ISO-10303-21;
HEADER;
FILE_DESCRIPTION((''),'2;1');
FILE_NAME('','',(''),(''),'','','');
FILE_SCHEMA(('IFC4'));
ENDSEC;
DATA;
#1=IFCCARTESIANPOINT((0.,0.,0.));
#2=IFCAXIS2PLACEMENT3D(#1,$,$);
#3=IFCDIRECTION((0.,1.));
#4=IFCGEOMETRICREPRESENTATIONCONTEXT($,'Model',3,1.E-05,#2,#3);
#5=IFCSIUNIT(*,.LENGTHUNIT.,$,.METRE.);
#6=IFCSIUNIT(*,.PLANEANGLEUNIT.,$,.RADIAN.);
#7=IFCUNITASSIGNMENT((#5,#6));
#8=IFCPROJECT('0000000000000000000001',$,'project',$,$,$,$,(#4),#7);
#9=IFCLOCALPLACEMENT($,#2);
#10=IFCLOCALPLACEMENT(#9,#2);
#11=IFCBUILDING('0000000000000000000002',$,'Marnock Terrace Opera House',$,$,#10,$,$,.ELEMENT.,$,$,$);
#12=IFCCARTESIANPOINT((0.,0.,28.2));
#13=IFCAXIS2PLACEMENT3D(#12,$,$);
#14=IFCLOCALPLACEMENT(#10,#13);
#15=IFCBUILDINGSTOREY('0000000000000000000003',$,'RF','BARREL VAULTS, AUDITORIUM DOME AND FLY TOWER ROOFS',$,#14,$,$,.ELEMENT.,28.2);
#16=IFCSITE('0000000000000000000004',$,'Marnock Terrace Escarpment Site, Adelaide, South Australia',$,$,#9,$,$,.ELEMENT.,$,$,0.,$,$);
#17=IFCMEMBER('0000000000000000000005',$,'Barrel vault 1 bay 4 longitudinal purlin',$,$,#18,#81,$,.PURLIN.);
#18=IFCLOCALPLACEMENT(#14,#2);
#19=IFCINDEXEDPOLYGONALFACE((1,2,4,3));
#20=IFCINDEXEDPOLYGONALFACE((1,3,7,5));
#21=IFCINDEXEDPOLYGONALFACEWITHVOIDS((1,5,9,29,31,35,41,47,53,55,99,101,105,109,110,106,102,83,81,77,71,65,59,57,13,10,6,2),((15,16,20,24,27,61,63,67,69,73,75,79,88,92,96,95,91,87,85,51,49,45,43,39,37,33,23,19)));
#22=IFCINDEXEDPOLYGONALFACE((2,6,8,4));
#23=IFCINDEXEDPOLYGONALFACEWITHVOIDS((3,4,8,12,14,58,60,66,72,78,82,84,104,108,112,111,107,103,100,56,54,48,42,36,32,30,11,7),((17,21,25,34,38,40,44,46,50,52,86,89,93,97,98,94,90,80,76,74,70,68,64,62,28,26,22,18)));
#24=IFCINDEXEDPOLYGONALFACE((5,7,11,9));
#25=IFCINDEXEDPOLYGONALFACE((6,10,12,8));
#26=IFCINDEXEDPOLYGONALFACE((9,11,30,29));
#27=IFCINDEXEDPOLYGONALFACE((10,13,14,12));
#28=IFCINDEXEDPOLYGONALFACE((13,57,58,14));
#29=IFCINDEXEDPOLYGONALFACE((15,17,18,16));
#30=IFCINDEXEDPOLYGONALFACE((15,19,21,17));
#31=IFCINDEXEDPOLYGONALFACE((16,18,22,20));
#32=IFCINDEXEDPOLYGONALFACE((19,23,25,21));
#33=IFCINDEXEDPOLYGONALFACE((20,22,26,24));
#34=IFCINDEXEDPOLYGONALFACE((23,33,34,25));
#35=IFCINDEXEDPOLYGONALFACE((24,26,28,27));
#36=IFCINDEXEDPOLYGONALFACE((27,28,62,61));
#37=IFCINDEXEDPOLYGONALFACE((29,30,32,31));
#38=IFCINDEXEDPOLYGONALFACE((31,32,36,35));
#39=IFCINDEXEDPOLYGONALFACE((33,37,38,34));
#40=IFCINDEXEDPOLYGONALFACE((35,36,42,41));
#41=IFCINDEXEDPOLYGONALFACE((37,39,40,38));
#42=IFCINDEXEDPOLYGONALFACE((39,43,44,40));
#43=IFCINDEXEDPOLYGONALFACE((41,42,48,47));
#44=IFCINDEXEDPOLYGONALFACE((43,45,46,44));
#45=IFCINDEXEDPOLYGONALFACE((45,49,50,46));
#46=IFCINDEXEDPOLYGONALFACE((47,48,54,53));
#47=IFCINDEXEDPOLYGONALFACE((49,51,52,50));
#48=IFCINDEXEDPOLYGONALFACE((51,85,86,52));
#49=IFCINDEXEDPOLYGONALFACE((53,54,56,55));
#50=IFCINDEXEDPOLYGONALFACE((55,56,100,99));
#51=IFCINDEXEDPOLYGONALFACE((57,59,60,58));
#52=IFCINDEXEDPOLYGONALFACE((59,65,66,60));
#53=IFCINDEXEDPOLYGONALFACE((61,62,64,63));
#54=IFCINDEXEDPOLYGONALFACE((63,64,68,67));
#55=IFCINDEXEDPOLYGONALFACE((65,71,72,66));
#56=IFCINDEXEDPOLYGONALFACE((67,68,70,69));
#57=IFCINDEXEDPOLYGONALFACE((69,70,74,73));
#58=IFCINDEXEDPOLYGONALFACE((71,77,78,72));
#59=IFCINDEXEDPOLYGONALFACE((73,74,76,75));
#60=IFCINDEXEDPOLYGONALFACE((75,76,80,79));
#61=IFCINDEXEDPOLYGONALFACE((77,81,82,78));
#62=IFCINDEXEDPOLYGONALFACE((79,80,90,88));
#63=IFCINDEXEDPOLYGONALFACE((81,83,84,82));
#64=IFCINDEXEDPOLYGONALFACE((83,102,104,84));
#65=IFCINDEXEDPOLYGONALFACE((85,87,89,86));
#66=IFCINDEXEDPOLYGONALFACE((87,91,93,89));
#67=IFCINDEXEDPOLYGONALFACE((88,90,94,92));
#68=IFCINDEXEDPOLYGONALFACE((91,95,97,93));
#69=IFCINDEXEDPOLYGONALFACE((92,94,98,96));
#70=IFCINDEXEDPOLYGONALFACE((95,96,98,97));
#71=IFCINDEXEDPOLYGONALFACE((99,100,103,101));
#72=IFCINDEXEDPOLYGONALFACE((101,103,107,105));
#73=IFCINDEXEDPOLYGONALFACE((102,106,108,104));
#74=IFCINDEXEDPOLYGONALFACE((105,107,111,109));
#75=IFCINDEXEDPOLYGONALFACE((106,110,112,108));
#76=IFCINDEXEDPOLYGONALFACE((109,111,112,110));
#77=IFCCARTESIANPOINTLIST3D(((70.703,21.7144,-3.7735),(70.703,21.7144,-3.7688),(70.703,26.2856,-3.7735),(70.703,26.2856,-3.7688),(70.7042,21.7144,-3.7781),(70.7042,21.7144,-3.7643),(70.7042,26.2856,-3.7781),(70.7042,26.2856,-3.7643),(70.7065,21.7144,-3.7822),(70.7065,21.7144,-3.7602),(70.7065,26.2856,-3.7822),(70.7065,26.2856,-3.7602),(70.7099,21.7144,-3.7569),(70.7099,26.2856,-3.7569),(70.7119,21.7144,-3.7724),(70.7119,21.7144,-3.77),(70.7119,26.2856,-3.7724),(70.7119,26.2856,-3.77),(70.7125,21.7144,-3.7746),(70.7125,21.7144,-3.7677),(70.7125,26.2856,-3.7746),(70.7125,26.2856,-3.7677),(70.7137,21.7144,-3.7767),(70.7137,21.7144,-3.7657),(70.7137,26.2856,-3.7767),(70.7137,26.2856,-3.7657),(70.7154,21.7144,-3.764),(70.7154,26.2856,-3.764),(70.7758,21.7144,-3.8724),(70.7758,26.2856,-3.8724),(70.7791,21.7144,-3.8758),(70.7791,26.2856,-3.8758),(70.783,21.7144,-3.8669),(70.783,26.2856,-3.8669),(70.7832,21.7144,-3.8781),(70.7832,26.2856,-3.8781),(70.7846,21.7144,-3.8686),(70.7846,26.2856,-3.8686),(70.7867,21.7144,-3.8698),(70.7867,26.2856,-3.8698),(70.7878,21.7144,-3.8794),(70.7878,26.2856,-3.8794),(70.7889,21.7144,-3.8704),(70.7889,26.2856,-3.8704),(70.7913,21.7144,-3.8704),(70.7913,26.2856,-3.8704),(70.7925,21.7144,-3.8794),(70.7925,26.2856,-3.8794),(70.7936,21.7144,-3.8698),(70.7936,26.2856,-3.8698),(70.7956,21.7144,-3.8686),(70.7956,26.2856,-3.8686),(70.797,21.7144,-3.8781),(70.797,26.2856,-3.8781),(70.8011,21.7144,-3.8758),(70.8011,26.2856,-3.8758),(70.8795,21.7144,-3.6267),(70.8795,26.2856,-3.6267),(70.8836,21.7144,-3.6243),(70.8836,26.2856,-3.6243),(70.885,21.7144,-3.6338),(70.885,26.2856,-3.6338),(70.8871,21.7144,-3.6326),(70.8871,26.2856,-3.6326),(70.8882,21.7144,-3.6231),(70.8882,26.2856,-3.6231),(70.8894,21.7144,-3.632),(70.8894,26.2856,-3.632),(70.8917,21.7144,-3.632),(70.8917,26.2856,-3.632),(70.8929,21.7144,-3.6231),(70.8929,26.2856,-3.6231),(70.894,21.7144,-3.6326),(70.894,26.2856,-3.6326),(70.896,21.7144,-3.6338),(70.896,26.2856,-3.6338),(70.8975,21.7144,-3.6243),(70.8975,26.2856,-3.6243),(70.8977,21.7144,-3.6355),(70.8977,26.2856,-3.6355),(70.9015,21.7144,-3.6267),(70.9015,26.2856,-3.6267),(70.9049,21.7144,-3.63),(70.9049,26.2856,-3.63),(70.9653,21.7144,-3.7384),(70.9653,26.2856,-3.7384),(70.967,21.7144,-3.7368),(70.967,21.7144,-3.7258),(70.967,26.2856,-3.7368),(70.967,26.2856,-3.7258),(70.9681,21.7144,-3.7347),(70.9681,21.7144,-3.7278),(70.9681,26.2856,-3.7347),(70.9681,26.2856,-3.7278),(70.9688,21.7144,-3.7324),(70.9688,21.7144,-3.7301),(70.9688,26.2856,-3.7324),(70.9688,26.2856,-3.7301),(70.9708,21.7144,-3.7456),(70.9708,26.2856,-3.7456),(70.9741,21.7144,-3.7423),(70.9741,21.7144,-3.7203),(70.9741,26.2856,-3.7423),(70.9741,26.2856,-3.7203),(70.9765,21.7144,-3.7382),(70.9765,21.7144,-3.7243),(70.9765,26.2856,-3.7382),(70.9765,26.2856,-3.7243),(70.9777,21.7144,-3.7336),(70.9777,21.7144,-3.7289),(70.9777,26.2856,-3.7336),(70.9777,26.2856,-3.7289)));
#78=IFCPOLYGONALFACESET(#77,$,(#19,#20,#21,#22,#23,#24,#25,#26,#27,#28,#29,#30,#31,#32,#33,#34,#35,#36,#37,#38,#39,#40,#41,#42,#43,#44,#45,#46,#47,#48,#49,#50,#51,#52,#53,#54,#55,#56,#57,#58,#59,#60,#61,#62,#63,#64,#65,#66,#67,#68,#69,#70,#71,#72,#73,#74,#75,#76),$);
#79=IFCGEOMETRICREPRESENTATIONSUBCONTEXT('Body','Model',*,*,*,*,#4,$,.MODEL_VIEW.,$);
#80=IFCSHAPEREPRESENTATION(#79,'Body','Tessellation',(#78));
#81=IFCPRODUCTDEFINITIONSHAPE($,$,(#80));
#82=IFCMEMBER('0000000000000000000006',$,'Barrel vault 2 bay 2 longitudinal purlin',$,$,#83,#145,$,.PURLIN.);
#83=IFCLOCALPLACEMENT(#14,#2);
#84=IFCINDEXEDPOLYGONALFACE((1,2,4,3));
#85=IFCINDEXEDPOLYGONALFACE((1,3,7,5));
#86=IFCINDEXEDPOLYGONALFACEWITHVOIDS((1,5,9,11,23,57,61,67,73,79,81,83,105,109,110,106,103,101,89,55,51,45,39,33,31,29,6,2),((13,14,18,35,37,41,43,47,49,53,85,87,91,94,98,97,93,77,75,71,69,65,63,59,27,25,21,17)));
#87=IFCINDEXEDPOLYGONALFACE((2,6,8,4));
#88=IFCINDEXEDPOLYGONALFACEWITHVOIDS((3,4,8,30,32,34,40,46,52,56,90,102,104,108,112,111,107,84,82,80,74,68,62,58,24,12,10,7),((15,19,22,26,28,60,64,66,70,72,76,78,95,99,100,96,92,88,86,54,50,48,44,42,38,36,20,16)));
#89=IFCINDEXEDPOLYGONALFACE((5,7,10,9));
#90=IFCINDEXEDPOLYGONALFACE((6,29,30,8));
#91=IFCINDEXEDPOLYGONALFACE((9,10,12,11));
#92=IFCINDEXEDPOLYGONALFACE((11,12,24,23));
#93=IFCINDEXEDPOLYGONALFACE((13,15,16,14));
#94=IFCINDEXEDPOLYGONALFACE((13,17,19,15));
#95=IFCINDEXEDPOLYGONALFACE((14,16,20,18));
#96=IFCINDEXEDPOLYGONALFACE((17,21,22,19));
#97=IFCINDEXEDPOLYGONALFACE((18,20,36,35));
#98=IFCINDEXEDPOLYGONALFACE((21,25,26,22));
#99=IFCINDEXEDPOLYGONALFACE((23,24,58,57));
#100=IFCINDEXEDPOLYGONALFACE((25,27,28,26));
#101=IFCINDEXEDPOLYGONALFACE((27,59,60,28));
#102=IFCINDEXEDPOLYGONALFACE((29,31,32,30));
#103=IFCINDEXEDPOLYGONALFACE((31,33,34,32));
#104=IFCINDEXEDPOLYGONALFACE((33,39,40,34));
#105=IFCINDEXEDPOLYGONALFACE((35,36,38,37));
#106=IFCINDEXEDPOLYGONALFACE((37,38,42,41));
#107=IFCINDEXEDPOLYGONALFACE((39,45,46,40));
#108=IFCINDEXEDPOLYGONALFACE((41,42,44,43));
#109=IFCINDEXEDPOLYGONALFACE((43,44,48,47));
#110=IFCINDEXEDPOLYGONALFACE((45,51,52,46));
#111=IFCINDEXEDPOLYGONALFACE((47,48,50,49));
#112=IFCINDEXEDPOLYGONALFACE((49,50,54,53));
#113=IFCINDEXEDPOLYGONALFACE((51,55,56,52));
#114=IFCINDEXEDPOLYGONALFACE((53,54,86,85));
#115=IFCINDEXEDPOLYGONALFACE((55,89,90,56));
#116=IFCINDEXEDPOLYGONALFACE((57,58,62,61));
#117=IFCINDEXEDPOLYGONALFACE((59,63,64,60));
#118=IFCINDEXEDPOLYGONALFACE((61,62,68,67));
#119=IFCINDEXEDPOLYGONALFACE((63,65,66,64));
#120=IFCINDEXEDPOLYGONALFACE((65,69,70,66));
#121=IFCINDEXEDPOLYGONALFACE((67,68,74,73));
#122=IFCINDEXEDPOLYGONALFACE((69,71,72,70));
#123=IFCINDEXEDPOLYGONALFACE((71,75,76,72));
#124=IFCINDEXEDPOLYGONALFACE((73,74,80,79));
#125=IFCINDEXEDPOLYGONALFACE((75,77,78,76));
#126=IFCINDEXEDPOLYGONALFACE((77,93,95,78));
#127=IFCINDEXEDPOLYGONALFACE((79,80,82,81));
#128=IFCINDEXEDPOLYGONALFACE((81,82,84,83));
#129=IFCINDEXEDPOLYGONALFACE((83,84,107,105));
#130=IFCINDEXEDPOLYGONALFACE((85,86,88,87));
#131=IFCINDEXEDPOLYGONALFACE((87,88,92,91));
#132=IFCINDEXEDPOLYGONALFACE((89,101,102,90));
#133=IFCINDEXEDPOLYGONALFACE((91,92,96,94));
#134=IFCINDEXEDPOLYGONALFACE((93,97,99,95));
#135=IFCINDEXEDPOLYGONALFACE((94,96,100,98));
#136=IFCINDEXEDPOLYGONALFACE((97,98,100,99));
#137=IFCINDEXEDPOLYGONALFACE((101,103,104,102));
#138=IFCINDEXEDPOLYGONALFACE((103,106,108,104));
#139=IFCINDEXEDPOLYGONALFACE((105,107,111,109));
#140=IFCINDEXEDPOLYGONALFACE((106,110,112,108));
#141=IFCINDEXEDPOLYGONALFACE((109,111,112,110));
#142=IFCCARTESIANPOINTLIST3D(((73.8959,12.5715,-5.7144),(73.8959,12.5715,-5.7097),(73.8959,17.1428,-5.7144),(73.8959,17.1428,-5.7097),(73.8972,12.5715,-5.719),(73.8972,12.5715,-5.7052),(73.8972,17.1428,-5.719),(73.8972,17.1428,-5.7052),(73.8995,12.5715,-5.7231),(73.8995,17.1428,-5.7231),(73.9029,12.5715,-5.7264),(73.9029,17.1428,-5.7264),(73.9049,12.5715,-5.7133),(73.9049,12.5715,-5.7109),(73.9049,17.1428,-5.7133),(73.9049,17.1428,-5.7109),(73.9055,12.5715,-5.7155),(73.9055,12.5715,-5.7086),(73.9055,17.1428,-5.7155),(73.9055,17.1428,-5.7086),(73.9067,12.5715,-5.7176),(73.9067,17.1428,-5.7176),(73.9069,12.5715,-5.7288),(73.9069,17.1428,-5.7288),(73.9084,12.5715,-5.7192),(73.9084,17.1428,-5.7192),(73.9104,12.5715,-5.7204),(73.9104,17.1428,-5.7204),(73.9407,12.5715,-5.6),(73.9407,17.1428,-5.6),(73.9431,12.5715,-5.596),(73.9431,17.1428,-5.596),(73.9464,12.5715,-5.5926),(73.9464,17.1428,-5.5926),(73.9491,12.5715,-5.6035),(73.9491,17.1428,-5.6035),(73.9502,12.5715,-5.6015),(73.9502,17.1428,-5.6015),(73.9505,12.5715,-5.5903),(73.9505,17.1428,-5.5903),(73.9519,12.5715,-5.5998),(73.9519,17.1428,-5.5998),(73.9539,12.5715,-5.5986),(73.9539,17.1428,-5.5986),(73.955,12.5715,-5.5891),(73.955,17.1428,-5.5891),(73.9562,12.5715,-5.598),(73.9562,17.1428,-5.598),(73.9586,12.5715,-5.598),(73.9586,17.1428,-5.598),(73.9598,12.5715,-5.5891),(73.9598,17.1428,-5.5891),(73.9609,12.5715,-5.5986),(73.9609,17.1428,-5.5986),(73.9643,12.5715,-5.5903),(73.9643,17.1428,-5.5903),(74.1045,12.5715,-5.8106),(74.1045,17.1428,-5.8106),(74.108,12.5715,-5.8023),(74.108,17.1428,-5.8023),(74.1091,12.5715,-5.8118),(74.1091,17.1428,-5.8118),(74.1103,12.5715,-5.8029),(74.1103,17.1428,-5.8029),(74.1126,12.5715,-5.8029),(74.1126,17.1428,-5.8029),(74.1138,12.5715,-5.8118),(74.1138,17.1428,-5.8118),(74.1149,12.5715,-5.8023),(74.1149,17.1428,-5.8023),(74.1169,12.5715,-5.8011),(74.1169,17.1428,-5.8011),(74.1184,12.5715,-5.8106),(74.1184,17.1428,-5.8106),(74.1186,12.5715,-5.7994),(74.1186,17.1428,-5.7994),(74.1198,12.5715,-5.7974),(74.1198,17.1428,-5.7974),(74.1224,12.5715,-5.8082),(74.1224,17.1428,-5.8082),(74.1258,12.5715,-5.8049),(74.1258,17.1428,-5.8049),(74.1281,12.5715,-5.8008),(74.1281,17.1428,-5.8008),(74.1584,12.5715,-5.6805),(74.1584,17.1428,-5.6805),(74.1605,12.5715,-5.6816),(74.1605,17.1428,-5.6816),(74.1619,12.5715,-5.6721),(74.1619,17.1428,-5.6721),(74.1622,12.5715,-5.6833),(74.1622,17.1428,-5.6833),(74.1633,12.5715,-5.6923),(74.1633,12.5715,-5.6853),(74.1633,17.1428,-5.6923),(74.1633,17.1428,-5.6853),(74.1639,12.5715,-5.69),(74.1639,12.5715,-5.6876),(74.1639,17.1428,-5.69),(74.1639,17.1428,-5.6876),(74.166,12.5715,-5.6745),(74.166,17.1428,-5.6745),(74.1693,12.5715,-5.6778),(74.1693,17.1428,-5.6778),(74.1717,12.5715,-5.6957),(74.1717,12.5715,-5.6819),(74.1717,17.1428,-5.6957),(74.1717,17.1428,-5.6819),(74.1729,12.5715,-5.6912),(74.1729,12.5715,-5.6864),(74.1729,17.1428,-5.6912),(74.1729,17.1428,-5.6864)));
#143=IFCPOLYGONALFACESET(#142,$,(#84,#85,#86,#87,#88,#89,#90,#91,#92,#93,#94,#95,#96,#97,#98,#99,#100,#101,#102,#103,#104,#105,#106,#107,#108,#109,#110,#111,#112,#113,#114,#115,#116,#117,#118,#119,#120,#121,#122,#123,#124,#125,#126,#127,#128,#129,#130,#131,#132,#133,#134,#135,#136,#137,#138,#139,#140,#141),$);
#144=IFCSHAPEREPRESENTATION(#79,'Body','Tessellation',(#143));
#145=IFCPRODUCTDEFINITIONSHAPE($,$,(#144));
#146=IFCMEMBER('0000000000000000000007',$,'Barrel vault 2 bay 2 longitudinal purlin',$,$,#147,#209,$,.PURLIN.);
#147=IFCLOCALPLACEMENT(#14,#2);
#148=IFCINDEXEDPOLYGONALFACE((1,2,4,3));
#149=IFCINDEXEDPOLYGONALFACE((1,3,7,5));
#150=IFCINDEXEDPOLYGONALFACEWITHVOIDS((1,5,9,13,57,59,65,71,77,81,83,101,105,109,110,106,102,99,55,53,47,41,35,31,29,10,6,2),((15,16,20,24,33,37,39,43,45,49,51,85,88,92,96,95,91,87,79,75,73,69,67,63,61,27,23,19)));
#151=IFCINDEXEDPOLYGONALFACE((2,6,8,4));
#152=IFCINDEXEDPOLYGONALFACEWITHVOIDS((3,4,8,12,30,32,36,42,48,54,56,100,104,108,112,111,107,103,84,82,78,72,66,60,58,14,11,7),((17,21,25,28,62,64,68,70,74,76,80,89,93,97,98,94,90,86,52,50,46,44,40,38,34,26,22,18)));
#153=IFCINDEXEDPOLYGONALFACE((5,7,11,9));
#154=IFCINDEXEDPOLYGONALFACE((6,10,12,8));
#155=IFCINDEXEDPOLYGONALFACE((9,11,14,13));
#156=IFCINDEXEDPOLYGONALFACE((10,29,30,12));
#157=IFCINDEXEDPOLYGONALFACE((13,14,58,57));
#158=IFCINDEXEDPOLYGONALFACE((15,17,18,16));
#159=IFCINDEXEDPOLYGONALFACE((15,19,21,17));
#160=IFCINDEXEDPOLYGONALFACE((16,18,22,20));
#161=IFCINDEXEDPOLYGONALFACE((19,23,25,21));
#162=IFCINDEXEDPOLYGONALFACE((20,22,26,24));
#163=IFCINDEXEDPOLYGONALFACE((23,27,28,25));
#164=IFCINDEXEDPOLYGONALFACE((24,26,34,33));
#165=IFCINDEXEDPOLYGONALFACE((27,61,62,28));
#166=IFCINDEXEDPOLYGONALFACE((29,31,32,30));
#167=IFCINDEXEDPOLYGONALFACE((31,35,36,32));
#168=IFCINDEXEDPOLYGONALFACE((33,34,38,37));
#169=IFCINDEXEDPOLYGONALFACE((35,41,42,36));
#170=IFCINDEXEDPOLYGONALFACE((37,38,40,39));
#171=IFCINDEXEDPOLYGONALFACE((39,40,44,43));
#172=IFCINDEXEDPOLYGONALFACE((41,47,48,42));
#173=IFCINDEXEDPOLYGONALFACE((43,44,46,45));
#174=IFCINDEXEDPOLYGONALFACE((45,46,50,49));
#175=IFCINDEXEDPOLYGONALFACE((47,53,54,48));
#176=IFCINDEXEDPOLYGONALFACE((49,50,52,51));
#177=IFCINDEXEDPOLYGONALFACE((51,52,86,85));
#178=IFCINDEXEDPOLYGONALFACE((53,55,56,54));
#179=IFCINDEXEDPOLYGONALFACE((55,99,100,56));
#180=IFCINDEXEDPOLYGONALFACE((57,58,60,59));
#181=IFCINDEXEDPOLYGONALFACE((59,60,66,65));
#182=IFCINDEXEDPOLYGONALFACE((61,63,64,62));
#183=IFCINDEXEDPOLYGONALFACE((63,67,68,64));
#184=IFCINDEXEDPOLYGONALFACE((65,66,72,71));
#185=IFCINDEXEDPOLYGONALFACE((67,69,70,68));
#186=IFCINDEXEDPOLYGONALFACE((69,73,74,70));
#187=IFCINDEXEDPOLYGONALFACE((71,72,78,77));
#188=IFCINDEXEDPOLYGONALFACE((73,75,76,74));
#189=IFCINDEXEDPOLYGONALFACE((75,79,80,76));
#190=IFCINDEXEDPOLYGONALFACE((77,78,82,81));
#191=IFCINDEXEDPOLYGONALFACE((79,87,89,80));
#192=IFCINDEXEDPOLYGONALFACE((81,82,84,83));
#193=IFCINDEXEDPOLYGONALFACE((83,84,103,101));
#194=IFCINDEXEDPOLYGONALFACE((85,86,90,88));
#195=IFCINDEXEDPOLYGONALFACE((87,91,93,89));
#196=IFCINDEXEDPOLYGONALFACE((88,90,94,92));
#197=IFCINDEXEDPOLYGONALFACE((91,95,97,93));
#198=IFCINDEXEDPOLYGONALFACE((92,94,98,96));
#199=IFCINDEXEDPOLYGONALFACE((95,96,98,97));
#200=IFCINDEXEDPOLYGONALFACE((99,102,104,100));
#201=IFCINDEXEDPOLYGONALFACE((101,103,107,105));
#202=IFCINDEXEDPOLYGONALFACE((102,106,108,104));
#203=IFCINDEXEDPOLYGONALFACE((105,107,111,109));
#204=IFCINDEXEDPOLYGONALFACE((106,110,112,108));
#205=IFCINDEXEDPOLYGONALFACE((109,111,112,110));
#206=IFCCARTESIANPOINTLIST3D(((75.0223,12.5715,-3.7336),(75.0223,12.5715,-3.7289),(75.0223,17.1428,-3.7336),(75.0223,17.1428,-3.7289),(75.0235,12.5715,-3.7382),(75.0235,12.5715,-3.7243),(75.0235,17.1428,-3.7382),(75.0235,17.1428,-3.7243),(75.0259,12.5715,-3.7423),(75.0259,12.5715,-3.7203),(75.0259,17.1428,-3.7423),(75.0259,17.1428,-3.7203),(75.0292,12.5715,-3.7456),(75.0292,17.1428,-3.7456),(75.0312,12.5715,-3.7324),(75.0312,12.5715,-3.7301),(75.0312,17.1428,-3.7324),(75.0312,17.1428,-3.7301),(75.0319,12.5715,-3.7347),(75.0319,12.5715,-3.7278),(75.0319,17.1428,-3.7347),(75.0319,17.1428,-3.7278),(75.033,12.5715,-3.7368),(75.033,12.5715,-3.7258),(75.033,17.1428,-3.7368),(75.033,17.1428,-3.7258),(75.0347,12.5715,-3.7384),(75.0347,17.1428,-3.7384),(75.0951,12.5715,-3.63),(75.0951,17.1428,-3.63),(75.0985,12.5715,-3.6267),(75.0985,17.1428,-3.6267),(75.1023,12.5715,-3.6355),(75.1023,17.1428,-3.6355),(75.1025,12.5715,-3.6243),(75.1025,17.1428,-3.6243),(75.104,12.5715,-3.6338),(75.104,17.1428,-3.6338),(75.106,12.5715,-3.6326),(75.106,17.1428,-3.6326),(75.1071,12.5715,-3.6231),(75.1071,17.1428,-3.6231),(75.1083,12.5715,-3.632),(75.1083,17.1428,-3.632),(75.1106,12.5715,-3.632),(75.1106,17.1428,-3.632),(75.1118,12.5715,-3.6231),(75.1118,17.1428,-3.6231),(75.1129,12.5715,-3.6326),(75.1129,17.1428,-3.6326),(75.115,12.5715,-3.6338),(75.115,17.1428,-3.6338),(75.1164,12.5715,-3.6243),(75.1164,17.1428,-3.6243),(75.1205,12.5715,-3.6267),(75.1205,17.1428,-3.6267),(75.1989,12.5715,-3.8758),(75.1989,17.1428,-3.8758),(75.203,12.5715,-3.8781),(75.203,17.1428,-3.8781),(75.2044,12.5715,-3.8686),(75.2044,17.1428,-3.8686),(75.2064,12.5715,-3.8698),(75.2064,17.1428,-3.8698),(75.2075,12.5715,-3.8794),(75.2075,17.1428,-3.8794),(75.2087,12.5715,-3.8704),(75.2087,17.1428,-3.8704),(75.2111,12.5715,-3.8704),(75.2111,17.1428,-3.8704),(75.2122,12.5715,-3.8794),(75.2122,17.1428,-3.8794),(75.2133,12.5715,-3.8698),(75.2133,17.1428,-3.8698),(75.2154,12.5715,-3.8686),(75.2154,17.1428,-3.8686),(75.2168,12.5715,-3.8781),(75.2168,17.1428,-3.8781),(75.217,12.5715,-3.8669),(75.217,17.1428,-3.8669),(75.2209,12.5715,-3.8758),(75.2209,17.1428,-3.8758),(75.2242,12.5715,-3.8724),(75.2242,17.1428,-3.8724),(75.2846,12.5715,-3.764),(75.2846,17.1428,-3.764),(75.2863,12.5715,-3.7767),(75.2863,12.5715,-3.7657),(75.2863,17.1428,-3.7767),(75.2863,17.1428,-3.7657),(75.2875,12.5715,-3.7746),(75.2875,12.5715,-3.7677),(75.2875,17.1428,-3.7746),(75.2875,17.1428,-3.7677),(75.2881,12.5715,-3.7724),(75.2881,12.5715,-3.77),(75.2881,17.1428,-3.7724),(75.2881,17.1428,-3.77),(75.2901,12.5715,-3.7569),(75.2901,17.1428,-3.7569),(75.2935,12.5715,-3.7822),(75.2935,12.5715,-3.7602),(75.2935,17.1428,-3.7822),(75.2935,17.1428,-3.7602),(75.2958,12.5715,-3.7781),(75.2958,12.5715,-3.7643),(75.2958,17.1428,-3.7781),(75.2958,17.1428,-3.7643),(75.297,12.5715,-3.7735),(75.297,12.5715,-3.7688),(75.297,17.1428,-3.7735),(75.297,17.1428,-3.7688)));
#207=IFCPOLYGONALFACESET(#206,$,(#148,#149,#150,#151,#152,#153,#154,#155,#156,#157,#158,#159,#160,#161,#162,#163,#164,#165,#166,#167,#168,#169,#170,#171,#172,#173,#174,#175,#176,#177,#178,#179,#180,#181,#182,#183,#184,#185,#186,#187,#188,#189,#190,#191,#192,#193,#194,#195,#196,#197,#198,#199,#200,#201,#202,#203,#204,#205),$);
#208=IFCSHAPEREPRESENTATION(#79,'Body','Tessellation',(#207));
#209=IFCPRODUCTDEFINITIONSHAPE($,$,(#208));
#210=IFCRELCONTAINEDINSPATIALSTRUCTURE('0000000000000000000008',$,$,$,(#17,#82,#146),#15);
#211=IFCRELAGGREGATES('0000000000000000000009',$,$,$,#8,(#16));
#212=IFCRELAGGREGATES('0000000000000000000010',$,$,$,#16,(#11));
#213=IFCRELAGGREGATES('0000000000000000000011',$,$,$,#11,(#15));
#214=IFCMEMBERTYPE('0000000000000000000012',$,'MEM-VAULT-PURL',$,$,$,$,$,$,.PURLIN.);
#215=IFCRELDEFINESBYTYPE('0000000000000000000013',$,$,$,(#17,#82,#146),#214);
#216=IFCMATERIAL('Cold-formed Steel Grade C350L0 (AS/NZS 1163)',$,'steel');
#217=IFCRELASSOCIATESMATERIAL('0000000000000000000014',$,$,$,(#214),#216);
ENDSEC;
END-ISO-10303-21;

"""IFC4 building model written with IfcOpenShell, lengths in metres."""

from ifc_helpers import new_model, si_unit, direction, frame, origin, origin_2d, place, context, subcontext, project, spatial, hollow_rectangle, extrude, material, material_profile, profile_set, type_object, element, save


model = new_model("IFC4")

# Units and contexts
model_context = context("Model", 3, precision=1e-05, world=origin(), true_north=direction((0.0, 1.0)))
body_context = subcontext(model_context, "Body", "Model", "MODEL_VIEW")
ifc_project = project(units=[si_unit("LENGTHUNIT", "METRE"), si_unit("PLANEANGLEUNIT", "RADIAN")], contexts=[model_context])

# Site, building, storey
site_placement = place(None, origin())
site = spatial("IfcSite", under=ifc_project, at=site_placement, Name="Marnock Terrace Escarpment Site, Adelaide, South Australia", CompositionType="ELEMENT", RefElevation=0.0)
building_placement = place(site_placement, origin())
building = spatial("IfcBuilding", under=site, at=building_placement, Name="Marnock Terrace Opera House", CompositionType="ELEMENT")
storey_placement = place(building_placement, frame((0.0, 0.0, 28.2)))
storey = spatial("IfcBuildingStorey", under=building, at=storey_placement, Name="RF", Description="BARREL VAULTS, AUDITORIUM DOME AND FLY TOWER ROOFS", CompositionType="ELEMENT", Elevation=28.2)

# Members
ifc_material = material(Name="Cold-formed Steel Grade C350L0 (AS/NZS 1163)", Category="steel")
ifc_material_profile_1 = material_profile(ifc_material, hollow_rectangle(XDim=0.1499, YDim=0.25, WallThickness=0.009, InnerFilletRadius=0.009, OuterFilletRadius=0.0181, at=origin_2d()))
ifc_profile_set_1 = profile_set([ifc_material_profile_1], Name="Cold-formed Steel Grade C350L0 (AS/NZS 1163)")
member_type_1 = type_object("IfcMemberType", Name="MEM-VAULT-PURL", PredefinedType="PURLIN", material=ifc_profile_set_1)
for number, where, z_axis, x_axis, name in (
    (1, (70.8403, 21.7144, -3.7512), (0.0, 1.0, 0.0), (-0.608761, 0.0, 0.793353), "Barrel vault 1 bay 4 longitudinal purlin"),
    (2, (74.0344, 12.5715, -5.7004), (0.0, 1.0, 0.0), (-0.382683, 0.0, -0.92388), "Barrel vault 2 bay 2 longitudinal purlin"),
    (3, (75.1597, 12.5715, -3.7512), (0.0, 1.0, 0.0), (-0.608761, 0.0, -0.793353), "Barrel vault 2 bay 2 longitudinal purlin"),
):
    element("IfcMember", number, at=place(storey_placement, frame(where, z_axis=z_axis, x_axis=x_axis)), inside=storey, type_object=member_type_1, Name=name, PredefinedType="PURLIN", context=body_context, shape_type="SweptSolid", body=[
        extrude(hollow_rectangle(XDim=0.1499, YDim=0.25, WallThickness=0.009, InnerFilletRadius=0.009, OuterFilletRadius=0.0181, at=origin_2d()), origin(), (0.0, 0.0, 1.0), 4.5713),
    ])

save(model, "model.ifc")
